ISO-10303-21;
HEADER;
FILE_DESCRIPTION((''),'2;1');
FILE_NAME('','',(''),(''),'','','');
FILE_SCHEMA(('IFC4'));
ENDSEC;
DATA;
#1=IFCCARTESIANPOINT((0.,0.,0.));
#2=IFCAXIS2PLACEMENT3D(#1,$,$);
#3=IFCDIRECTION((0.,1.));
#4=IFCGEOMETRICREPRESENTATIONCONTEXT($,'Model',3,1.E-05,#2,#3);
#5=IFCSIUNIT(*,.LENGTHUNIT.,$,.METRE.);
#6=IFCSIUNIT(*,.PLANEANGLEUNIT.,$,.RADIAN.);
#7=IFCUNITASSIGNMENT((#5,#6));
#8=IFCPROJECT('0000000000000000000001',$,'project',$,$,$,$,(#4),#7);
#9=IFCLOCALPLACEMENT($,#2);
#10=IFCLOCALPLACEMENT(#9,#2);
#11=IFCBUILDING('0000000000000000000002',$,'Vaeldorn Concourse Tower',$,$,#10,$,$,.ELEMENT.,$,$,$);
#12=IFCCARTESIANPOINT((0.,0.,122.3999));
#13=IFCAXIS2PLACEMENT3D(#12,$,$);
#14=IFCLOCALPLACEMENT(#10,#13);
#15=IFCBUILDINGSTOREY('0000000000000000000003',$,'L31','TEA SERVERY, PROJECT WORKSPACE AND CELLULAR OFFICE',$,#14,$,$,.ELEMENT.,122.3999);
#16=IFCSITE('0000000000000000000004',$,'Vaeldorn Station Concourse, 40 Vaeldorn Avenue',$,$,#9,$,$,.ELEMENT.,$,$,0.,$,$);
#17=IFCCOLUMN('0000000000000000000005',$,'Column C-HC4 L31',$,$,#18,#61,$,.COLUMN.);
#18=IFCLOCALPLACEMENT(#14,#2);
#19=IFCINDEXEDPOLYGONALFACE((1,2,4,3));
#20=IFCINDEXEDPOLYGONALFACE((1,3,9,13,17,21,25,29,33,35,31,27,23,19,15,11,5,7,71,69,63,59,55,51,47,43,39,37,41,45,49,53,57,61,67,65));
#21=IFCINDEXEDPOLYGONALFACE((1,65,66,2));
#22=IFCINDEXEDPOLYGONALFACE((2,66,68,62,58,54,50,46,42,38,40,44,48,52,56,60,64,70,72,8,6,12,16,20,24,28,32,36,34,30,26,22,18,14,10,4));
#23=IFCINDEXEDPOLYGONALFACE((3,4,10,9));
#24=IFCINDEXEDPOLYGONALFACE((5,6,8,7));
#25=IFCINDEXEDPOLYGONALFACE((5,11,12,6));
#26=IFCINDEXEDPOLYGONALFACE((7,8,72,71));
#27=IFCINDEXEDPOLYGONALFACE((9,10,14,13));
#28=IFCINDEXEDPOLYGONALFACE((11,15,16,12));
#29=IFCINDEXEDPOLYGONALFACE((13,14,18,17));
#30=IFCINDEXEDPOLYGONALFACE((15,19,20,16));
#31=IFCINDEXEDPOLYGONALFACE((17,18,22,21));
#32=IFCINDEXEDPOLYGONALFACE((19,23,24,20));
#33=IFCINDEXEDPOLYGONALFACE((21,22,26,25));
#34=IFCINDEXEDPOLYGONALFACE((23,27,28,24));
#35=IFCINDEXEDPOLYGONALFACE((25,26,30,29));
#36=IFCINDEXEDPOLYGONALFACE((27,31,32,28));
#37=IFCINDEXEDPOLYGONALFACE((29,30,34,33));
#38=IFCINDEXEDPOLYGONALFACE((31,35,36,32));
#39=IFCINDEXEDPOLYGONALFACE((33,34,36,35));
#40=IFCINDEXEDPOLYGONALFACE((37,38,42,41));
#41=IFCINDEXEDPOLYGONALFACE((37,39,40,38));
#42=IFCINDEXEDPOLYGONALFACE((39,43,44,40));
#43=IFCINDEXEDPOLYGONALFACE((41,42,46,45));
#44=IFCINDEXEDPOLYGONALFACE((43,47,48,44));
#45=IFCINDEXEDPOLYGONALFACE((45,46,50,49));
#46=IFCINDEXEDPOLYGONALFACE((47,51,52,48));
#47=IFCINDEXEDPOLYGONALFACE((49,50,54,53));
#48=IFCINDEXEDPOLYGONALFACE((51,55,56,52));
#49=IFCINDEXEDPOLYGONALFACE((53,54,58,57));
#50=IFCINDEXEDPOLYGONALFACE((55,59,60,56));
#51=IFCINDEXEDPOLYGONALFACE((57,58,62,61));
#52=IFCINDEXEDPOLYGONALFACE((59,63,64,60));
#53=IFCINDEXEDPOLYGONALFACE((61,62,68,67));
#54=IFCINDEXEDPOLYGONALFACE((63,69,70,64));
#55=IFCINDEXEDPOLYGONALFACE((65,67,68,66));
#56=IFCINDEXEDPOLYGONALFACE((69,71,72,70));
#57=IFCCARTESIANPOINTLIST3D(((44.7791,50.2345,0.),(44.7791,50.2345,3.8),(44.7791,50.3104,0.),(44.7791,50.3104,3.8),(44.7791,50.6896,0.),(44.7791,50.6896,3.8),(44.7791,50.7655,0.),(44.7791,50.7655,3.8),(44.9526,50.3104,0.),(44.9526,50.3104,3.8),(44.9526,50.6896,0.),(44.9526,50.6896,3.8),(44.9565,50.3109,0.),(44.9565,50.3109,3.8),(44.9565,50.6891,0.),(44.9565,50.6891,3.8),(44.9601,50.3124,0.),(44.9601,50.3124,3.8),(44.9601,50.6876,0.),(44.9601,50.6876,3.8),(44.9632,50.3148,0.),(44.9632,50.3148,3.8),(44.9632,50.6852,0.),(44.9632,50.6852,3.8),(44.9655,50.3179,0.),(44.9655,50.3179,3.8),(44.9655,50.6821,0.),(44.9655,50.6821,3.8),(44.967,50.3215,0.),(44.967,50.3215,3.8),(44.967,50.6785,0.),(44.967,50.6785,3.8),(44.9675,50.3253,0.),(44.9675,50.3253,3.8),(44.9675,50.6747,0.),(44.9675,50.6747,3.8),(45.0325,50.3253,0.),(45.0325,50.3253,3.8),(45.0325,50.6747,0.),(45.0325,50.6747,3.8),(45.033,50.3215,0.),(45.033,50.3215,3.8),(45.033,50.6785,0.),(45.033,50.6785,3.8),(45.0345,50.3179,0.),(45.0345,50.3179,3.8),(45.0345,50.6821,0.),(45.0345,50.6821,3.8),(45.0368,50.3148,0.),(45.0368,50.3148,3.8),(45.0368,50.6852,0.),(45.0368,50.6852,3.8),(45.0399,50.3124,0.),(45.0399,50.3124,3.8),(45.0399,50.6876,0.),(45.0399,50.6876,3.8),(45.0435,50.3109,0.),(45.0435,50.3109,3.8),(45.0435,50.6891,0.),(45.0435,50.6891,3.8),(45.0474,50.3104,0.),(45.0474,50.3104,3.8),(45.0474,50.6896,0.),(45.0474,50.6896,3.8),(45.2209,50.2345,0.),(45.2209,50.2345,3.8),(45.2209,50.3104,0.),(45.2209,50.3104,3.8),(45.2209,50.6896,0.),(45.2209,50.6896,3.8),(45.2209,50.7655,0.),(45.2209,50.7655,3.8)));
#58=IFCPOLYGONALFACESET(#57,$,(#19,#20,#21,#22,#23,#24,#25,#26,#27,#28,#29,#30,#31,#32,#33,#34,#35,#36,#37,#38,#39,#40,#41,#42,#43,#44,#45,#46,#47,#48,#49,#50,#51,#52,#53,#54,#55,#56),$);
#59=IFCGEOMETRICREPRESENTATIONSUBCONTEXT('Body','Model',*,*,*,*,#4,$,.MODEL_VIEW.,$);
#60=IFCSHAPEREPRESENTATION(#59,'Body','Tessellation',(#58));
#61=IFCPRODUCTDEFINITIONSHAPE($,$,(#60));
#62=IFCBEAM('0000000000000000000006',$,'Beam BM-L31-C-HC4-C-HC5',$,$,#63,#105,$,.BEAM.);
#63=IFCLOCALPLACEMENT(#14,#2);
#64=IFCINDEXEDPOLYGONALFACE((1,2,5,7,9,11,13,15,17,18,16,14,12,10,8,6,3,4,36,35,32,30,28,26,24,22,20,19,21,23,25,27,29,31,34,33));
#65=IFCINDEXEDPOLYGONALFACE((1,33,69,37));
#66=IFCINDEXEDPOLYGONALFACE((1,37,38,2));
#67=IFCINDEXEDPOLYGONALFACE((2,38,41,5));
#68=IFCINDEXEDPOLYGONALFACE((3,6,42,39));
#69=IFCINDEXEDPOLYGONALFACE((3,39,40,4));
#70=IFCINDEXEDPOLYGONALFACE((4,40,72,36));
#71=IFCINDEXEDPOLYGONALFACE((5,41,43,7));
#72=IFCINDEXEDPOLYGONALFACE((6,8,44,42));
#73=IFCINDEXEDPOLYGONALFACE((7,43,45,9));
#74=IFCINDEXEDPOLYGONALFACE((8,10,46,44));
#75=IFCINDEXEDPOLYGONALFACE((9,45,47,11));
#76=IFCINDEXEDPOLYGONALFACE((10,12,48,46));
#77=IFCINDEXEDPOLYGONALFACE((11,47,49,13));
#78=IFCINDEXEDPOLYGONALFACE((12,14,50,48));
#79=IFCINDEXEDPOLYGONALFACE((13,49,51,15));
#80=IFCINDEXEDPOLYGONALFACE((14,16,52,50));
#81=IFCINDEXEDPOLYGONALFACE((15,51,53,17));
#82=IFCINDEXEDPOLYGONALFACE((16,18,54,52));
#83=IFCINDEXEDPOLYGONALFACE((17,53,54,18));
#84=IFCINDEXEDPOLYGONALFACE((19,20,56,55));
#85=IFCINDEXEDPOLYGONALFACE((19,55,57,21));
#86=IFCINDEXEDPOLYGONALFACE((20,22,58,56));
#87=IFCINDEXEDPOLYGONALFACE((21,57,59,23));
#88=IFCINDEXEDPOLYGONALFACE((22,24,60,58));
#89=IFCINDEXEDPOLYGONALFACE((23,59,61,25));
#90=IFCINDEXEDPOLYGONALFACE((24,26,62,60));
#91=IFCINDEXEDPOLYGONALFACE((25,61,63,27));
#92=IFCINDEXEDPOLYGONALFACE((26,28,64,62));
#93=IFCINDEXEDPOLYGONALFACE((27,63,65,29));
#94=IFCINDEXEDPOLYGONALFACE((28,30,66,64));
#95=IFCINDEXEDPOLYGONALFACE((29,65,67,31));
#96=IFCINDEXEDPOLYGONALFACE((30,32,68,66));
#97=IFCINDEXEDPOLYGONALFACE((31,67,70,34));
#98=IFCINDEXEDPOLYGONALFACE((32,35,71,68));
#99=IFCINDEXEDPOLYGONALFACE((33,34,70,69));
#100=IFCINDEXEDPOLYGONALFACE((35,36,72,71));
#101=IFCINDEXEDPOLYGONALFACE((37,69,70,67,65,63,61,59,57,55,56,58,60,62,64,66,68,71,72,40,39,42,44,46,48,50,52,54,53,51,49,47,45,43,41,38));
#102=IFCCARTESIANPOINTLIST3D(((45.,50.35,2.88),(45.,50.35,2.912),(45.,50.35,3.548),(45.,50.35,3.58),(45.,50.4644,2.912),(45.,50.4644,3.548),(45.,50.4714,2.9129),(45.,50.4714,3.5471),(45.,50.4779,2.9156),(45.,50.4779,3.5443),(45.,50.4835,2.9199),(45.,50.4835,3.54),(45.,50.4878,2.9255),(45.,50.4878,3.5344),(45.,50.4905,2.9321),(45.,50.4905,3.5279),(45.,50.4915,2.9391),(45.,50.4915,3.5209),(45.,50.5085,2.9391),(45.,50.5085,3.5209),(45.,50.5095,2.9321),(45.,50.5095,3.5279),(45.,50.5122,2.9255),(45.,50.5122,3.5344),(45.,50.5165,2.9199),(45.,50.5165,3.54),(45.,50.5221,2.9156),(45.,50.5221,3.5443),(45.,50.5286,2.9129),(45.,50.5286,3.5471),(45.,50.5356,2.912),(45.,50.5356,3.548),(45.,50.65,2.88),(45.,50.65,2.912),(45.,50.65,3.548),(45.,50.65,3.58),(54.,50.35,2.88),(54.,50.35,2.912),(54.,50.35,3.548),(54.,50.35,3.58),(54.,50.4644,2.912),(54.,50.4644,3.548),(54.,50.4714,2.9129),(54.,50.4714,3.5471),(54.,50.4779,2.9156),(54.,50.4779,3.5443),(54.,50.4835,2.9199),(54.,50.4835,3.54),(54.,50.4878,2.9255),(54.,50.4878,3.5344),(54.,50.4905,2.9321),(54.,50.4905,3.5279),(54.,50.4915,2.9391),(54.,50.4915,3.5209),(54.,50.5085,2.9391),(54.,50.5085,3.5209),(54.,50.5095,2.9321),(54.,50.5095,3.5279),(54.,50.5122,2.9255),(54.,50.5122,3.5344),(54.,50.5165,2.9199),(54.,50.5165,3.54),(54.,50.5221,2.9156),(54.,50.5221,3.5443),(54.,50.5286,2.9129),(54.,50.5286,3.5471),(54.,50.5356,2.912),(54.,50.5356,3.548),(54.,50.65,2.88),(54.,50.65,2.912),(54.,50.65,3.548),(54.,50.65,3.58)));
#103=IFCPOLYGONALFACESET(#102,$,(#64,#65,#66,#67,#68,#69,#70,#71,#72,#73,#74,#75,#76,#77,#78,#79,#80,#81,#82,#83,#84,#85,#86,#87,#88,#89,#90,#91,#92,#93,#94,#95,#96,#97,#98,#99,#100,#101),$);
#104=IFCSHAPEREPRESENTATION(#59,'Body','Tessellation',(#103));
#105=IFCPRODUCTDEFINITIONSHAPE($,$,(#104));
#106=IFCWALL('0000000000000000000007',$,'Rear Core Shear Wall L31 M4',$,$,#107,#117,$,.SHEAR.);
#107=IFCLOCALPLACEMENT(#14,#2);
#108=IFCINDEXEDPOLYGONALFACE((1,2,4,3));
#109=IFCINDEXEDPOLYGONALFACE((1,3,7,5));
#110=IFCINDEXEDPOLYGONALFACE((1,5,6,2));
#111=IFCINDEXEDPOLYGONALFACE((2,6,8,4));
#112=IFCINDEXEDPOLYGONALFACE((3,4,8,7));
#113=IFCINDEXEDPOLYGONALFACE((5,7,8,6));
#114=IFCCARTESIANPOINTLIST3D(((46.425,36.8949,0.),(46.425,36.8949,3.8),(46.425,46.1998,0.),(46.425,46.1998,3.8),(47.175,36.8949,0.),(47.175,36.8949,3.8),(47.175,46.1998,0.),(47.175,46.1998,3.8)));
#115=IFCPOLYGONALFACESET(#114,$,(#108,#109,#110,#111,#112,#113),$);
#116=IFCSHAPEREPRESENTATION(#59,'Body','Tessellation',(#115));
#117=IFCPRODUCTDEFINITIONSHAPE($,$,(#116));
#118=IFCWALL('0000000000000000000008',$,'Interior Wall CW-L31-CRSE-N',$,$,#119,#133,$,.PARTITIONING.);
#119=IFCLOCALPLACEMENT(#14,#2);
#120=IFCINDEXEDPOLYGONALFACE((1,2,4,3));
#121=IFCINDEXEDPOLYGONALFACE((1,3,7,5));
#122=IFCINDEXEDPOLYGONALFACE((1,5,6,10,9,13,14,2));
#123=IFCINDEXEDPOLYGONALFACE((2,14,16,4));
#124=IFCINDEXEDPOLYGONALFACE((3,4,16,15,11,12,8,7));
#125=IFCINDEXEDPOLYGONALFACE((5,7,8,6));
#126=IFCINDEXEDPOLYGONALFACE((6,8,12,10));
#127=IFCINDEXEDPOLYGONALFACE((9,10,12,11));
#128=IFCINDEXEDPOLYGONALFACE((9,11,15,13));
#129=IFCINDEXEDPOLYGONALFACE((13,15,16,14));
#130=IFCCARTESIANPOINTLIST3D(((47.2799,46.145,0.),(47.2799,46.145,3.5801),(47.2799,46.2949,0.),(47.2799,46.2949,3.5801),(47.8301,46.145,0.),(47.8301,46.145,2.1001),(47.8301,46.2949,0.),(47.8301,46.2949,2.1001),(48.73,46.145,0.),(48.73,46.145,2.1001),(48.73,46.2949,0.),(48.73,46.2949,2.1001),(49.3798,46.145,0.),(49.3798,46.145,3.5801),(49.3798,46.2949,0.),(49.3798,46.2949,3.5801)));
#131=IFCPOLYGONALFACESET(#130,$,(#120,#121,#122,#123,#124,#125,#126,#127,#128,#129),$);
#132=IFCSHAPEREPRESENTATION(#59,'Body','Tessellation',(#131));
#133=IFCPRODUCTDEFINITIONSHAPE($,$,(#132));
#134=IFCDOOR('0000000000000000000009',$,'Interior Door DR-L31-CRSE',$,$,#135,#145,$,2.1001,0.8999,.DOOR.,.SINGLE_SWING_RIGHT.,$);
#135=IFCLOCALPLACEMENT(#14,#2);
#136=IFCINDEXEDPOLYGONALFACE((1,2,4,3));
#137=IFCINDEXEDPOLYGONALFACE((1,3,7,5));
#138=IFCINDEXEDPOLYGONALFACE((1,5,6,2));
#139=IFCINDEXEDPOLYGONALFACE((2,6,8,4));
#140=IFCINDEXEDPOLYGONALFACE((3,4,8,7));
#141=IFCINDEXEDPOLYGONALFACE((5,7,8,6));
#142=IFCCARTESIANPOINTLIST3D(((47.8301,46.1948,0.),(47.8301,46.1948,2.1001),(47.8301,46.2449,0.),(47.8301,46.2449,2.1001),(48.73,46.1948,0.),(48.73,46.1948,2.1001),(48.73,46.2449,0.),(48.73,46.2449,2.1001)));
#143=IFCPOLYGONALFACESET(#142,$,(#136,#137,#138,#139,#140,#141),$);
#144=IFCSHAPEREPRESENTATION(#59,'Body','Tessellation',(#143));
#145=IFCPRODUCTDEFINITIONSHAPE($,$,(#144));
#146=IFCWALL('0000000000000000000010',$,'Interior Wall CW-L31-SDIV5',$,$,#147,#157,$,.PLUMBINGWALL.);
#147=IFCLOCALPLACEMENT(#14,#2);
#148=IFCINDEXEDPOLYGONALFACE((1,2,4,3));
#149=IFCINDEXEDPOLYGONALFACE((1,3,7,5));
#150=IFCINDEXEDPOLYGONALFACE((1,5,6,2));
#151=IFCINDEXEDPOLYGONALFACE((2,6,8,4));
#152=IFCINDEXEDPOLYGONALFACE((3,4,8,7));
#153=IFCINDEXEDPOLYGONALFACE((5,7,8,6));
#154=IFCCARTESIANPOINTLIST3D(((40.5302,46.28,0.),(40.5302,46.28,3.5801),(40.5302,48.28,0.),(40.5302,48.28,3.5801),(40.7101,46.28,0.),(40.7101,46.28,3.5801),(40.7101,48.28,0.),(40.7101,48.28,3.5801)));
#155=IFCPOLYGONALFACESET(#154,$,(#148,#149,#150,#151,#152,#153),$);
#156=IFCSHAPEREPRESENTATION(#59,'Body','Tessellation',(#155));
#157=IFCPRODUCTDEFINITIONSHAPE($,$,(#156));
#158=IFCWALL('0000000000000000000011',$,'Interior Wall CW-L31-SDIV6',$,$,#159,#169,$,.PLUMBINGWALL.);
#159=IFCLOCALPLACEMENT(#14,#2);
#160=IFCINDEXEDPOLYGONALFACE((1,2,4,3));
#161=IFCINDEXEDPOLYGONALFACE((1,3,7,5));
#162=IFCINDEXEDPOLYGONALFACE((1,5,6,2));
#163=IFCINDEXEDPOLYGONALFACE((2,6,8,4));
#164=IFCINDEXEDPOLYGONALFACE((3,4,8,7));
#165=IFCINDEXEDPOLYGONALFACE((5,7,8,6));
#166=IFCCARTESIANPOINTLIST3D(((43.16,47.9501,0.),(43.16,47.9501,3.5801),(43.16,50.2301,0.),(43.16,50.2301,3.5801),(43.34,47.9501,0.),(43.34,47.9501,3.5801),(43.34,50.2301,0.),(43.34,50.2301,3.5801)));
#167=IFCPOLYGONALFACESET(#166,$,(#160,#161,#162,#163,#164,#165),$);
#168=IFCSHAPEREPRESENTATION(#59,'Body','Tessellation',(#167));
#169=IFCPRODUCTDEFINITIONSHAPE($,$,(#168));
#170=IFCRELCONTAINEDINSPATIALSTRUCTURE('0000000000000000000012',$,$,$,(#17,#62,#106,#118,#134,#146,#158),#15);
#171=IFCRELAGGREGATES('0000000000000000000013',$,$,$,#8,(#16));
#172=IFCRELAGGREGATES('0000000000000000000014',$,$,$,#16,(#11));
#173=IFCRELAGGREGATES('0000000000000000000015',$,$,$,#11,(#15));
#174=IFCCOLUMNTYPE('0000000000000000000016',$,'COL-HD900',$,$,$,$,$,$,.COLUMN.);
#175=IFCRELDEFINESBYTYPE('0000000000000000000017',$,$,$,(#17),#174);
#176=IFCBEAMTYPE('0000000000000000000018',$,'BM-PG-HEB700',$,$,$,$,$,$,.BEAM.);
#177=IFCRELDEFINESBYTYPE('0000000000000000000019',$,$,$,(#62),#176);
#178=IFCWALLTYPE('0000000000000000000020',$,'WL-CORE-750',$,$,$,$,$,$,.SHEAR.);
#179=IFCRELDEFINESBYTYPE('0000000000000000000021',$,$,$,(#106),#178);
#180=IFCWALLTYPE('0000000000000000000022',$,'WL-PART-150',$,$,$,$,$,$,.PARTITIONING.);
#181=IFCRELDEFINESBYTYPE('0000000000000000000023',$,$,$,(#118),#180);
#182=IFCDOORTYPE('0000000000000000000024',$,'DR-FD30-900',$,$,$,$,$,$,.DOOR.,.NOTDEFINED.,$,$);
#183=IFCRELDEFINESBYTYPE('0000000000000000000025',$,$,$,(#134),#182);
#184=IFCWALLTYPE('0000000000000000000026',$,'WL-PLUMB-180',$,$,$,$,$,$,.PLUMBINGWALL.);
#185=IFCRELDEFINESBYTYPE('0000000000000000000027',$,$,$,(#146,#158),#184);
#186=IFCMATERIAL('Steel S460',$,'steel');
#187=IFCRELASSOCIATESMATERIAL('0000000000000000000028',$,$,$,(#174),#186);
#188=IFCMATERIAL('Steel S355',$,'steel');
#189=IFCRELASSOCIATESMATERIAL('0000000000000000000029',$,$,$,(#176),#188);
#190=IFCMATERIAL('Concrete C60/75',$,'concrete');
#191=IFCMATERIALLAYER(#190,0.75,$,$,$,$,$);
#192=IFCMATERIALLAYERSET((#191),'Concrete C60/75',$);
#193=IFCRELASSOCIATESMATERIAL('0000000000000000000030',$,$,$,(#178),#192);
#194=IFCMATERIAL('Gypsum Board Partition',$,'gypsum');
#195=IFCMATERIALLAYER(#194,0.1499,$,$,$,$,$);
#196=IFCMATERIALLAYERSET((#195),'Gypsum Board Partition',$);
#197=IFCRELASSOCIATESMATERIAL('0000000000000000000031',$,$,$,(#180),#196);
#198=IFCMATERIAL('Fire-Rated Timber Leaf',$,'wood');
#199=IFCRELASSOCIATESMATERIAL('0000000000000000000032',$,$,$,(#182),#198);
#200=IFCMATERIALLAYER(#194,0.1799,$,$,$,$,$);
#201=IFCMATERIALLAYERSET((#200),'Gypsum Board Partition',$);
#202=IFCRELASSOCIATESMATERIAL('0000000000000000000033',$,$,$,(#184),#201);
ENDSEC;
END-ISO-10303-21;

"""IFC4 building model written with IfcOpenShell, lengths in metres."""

from ifc_helpers import new_model, si_unit, direction, frame, frame_2d, origin, origin_2d, place, context, subcontext, project, spatial, rectangle, i_section, extrude, source, transform, mapped, material, layer, layer_set, material_profile, profile_set, type_object, element, fill, save


model = new_model("IFC4")

# Units and contexts
model_context = context("Model", 3, precision=1e-05, world=origin(), true_north=direction((0.0, 1.0)))
body_context = subcontext(model_context, "Body", "Model", "MODEL_VIEW")
ifc_project = project(units=[si_unit("LENGTHUNIT", "METRE"), si_unit("PLANEANGLEUNIT", "RADIAN")], contexts=[model_context])

# Site, building, storey
site_placement = place(None, origin())
site = spatial("IfcSite", under=ifc_project, at=site_placement, Name="Vaeldorn Station Concourse, 40 Vaeldorn Avenue", CompositionType="ELEMENT", RefElevation=0.0)
building_placement = place(site_placement, origin())
building = spatial("IfcBuilding", under=site, at=building_placement, Name="Vaeldorn Concourse Tower", CompositionType="ELEMENT")
storey_placement = place(building_placement, frame((0.0, 0.0, 122.3999)))
storey = spatial("IfcBuildingStorey", under=building, at=storey_placement, Name="L31", Description="TEA SERVERY, PROJECT WORKSPACE AND CELLULAR OFFICE", CompositionType="ELEMENT", Elevation=122.3999)

# Column
ifc_material_1 = material(Name="Steel S460", Category="steel")
ifc_material_profile_1 = material_profile(ifc_material_1, i_section(OverallWidth=0.4419, OverallDepth=0.531, WebThickness=0.0649, FlangeThickness=0.0759, FilletRadius=0.0149, at=origin_2d()), Name="HD 400x900")
ifc_profile_set_1 = profile_set([ifc_material_profile_1], Name="Steel S460")
column_type = type_object("IfcColumnType", Name="COL-HD900", PredefinedType="COLUMN", material=ifc_profile_set_1)
shared_shape_1 = source(origin(), body_context, "Body", "SweptSolid", [
    extrude(i_section(OverallWidth=0.4419, OverallDepth=0.531, WebThickness=0.0649, FlangeThickness=0.0759, FilletRadius=0.0149, at=origin_2d()), origin(), (0.0, 0.0, 1.0), 3.8),
])
column_placement = place(storey_placement, frame((45.0, 50.5, 0.0), z_axis=(0.0, 0.0, 1.0), x_axis=(1.0, 0.0, 0.0)))
element("IfcColumn", 1, at=column_placement, inside=storey, type_object=column_type, Name="Column C-HC4 L31", PredefinedType="COLUMN", context=body_context, shape_type="MappedRepresentation", body=[
    mapped(shared_shape_1, transform((0.0, 0.0, 0.0), scale=1.0)),
])

# Beam
ifc_material_2 = material(Name="Steel S355", Category="steel")
ifc_material_profile_2 = material_profile(ifc_material_2, i_section(OverallWidth=0.3, OverallDepth=0.7, WebThickness=0.0171, FlangeThickness=0.032, FilletRadius=0.0271, at=origin_2d()), Name="HEB 700")
ifc_profile_set_2 = profile_set([ifc_material_profile_2], Name="Steel S355")
beam_type = type_object("IfcBeamType", Name="BM-PG-HEB700", PredefinedType="BEAM", material=ifc_profile_set_2)
shared_shape_2 = source(origin(), body_context, "Body", "SweptSolid", [
    extrude(i_section(OverallWidth=0.3, OverallDepth=0.7, WebThickness=0.0171, FlangeThickness=0.032, FilletRadius=0.0271, at=origin_2d()), origin(), (0.0, 0.0, 1.0), 9.0),
])
beam_placement = place(storey_placement, frame((45.0, 50.5, 3.23), z_axis=(1.0, 0.0, 0.0), x_axis=(0.0, 1.0, 0.0)))
element("IfcBeam", 2, at=beam_placement, inside=storey, type_object=beam_type, Name="Beam BM-L31-C-HC4-C-HC5", PredefinedType="BEAM", context=body_context, shape_type="MappedRepresentation", body=[
    mapped(shared_shape_2, transform((0.0, 0.0, 0.0), scale=1.0)),
])

# Wall
ifc_material_3 = material(Name="Concrete C60/75", Category="concrete")
ifc_layer_1 = layer(ifc_material_3, 0.75)
ifc_layer_set_1 = layer_set([ifc_layer_1], Name="Concrete C60/75")
wall_type_1 = type_object("IfcWallType", Name="WL-CORE-750", PredefinedType="SHEAR", material=ifc_layer_set_1)
wall_1_placement = place(storey_placement, frame((46.8, 36.895, 0.0), z_axis=(0.0, 0.0, 1.0), x_axis=(0.0, 1.0, 0.0)))
element("IfcWall", 3, at=wall_1_placement, inside=storey, type_object=wall_type_1, Name="Rear Core Shear Wall L31 M4", PredefinedType="SHEAR", context=body_context, shape_type="SweptSolid", body=[
    extrude(rectangle(XDim=9.3049, YDim=0.75, at=frame_2d((4.6523, 0.0))), origin(), (0.0, 0.0, 1.0), 3.8),
])

# Wall, opening, door
ifc_material_4 = material(Name="Gypsum Board Partition", Category="gypsum")
ifc_layer_2 = layer(ifc_material_4, 0.1499)
ifc_layer_set_2 = layer_set([ifc_layer_2], Name="Gypsum Board Partition")
wall_type_2 = type_object("IfcWallType", Name="WL-PART-150", PredefinedType="PARTITIONING", material=ifc_layer_set_2)
wall_2_placement = place(storey_placement, frame((47.28, 46.22, 0.0), z_axis=(0.0, 0.0, 1.0), x_axis=(1.0, 0.0, 0.0)))
wall_2 = element("IfcWall", 4, at=wall_2_placement, inside=storey, type_object=wall_type_2, Name="Interior Wall CW-L31-CRSE-N", PredefinedType="PARTITIONING", context=body_context, shape_type="SweptSolid", body=[
    extrude(rectangle(XDim=2.0999, YDim=0.1499, at=frame_2d((1.0498, 0.0))), origin(), (0.0, 0.0, 1.0), 3.5801),
])
opening_1_placement = place(wall_2_placement, frame((0.55, 0.0, 0.0)))
opening_1 = element("IfcOpeningElement", 5, at=opening_1_placement, cuts=wall_2, PredefinedType="OPENING", context=body_context, shape_type="SweptSolid", body=[
    extrude(rectangle(XDim=0.8999, YDim=2.1001, at=frame_2d((0.45, 1.05))), frame((0.0, 0.085, 0.0), z_axis=(0.0, -1.0, 0.0), x_axis=(1.0, 0.0, 0.0)), (0.0, 0.0, 1.0), 0.1699),
])
ifc_material_5 = material(Name="Fire-Rated Timber Leaf", Category="wood")
door_type_1 = type_object("IfcDoorType", Name="DR-FD30-900", OperationType="NOTDEFINED", PredefinedType="DOOR", material=ifc_material_5)
shared_shape_3 = source(origin(), body_context, "Body", "SweptSolid", [
    extrude(rectangle(XDim=0.8999, YDim=2.1001, at=frame_2d((0.45, 1.05))), frame((0.0, 0.0249, 0.0), z_axis=(0.0, -1.0, 0.0), x_axis=(1.0, 0.0, 0.0)), (0.0, 0.0, 1.0), 0.05),
])
door_1_placement = place(opening_1_placement, origin())
door_1 = element("IfcDoor", 6, at=door_1_placement, inside=storey, type_object=door_type_1, Name="Interior Door DR-L31-CRSE", OperationType="SINGLE_SWING_RIGHT", OverallHeight=2.1001, OverallWidth=0.8999, PredefinedType="DOOR", context=body_context, shape_type="MappedRepresentation", body=[
    mapped(shared_shape_3, transform((0.0, 0.0, 0.0), scale=1.0)),
])
fill(opening_1, door_1)

# Walls
ifc_layer_3 = layer(ifc_material_4, 0.1799)
ifc_layer_set_3 = layer_set([ifc_layer_3], Name="Gypsum Board Partition")
wall_type_3 = type_object("IfcWallType", Name="WL-PLUMB-180", PredefinedType="PLUMBINGWALL", material=ifc_layer_set_3)
wall_3_placement = place(storey_placement, frame((40.6201, 46.28, 0.0), z_axis=(0.0, 0.0, 1.0), x_axis=(0.0, 1.0, 0.0)))
element("IfcWall", 7, at=wall_3_placement, inside=storey, type_object=wall_type_3, Name="Interior Wall CW-L31-SDIV5", PredefinedType="PLUMBINGWALL", context=body_context, shape_type="SweptSolid", body=[
    extrude(rectangle(XDim=2.0, YDim=0.1799, at=frame_2d((1.0, 0.0))), origin(), (0.0, 0.0, 1.0), 3.5801),
])
wall_4_placement = place(storey_placement, frame((43.25, 47.95, 0.0), z_axis=(0.0, 0.0, 1.0), x_axis=(0.0, 1.0, 0.0)))
element("IfcWall", 8, at=wall_4_placement, inside=storey, type_object=wall_type_3, Name="Interior Wall CW-L31-SDIV6", PredefinedType="PLUMBINGWALL", context=body_context, shape_type="SweptSolid", body=[
    extrude(rectangle(XDim=2.28, YDim=0.1799, at=frame_2d((1.1401, 0.0))), origin(), (0.0, 0.0, 1.0), 3.5801),
])

save(model, "model.ifc")
